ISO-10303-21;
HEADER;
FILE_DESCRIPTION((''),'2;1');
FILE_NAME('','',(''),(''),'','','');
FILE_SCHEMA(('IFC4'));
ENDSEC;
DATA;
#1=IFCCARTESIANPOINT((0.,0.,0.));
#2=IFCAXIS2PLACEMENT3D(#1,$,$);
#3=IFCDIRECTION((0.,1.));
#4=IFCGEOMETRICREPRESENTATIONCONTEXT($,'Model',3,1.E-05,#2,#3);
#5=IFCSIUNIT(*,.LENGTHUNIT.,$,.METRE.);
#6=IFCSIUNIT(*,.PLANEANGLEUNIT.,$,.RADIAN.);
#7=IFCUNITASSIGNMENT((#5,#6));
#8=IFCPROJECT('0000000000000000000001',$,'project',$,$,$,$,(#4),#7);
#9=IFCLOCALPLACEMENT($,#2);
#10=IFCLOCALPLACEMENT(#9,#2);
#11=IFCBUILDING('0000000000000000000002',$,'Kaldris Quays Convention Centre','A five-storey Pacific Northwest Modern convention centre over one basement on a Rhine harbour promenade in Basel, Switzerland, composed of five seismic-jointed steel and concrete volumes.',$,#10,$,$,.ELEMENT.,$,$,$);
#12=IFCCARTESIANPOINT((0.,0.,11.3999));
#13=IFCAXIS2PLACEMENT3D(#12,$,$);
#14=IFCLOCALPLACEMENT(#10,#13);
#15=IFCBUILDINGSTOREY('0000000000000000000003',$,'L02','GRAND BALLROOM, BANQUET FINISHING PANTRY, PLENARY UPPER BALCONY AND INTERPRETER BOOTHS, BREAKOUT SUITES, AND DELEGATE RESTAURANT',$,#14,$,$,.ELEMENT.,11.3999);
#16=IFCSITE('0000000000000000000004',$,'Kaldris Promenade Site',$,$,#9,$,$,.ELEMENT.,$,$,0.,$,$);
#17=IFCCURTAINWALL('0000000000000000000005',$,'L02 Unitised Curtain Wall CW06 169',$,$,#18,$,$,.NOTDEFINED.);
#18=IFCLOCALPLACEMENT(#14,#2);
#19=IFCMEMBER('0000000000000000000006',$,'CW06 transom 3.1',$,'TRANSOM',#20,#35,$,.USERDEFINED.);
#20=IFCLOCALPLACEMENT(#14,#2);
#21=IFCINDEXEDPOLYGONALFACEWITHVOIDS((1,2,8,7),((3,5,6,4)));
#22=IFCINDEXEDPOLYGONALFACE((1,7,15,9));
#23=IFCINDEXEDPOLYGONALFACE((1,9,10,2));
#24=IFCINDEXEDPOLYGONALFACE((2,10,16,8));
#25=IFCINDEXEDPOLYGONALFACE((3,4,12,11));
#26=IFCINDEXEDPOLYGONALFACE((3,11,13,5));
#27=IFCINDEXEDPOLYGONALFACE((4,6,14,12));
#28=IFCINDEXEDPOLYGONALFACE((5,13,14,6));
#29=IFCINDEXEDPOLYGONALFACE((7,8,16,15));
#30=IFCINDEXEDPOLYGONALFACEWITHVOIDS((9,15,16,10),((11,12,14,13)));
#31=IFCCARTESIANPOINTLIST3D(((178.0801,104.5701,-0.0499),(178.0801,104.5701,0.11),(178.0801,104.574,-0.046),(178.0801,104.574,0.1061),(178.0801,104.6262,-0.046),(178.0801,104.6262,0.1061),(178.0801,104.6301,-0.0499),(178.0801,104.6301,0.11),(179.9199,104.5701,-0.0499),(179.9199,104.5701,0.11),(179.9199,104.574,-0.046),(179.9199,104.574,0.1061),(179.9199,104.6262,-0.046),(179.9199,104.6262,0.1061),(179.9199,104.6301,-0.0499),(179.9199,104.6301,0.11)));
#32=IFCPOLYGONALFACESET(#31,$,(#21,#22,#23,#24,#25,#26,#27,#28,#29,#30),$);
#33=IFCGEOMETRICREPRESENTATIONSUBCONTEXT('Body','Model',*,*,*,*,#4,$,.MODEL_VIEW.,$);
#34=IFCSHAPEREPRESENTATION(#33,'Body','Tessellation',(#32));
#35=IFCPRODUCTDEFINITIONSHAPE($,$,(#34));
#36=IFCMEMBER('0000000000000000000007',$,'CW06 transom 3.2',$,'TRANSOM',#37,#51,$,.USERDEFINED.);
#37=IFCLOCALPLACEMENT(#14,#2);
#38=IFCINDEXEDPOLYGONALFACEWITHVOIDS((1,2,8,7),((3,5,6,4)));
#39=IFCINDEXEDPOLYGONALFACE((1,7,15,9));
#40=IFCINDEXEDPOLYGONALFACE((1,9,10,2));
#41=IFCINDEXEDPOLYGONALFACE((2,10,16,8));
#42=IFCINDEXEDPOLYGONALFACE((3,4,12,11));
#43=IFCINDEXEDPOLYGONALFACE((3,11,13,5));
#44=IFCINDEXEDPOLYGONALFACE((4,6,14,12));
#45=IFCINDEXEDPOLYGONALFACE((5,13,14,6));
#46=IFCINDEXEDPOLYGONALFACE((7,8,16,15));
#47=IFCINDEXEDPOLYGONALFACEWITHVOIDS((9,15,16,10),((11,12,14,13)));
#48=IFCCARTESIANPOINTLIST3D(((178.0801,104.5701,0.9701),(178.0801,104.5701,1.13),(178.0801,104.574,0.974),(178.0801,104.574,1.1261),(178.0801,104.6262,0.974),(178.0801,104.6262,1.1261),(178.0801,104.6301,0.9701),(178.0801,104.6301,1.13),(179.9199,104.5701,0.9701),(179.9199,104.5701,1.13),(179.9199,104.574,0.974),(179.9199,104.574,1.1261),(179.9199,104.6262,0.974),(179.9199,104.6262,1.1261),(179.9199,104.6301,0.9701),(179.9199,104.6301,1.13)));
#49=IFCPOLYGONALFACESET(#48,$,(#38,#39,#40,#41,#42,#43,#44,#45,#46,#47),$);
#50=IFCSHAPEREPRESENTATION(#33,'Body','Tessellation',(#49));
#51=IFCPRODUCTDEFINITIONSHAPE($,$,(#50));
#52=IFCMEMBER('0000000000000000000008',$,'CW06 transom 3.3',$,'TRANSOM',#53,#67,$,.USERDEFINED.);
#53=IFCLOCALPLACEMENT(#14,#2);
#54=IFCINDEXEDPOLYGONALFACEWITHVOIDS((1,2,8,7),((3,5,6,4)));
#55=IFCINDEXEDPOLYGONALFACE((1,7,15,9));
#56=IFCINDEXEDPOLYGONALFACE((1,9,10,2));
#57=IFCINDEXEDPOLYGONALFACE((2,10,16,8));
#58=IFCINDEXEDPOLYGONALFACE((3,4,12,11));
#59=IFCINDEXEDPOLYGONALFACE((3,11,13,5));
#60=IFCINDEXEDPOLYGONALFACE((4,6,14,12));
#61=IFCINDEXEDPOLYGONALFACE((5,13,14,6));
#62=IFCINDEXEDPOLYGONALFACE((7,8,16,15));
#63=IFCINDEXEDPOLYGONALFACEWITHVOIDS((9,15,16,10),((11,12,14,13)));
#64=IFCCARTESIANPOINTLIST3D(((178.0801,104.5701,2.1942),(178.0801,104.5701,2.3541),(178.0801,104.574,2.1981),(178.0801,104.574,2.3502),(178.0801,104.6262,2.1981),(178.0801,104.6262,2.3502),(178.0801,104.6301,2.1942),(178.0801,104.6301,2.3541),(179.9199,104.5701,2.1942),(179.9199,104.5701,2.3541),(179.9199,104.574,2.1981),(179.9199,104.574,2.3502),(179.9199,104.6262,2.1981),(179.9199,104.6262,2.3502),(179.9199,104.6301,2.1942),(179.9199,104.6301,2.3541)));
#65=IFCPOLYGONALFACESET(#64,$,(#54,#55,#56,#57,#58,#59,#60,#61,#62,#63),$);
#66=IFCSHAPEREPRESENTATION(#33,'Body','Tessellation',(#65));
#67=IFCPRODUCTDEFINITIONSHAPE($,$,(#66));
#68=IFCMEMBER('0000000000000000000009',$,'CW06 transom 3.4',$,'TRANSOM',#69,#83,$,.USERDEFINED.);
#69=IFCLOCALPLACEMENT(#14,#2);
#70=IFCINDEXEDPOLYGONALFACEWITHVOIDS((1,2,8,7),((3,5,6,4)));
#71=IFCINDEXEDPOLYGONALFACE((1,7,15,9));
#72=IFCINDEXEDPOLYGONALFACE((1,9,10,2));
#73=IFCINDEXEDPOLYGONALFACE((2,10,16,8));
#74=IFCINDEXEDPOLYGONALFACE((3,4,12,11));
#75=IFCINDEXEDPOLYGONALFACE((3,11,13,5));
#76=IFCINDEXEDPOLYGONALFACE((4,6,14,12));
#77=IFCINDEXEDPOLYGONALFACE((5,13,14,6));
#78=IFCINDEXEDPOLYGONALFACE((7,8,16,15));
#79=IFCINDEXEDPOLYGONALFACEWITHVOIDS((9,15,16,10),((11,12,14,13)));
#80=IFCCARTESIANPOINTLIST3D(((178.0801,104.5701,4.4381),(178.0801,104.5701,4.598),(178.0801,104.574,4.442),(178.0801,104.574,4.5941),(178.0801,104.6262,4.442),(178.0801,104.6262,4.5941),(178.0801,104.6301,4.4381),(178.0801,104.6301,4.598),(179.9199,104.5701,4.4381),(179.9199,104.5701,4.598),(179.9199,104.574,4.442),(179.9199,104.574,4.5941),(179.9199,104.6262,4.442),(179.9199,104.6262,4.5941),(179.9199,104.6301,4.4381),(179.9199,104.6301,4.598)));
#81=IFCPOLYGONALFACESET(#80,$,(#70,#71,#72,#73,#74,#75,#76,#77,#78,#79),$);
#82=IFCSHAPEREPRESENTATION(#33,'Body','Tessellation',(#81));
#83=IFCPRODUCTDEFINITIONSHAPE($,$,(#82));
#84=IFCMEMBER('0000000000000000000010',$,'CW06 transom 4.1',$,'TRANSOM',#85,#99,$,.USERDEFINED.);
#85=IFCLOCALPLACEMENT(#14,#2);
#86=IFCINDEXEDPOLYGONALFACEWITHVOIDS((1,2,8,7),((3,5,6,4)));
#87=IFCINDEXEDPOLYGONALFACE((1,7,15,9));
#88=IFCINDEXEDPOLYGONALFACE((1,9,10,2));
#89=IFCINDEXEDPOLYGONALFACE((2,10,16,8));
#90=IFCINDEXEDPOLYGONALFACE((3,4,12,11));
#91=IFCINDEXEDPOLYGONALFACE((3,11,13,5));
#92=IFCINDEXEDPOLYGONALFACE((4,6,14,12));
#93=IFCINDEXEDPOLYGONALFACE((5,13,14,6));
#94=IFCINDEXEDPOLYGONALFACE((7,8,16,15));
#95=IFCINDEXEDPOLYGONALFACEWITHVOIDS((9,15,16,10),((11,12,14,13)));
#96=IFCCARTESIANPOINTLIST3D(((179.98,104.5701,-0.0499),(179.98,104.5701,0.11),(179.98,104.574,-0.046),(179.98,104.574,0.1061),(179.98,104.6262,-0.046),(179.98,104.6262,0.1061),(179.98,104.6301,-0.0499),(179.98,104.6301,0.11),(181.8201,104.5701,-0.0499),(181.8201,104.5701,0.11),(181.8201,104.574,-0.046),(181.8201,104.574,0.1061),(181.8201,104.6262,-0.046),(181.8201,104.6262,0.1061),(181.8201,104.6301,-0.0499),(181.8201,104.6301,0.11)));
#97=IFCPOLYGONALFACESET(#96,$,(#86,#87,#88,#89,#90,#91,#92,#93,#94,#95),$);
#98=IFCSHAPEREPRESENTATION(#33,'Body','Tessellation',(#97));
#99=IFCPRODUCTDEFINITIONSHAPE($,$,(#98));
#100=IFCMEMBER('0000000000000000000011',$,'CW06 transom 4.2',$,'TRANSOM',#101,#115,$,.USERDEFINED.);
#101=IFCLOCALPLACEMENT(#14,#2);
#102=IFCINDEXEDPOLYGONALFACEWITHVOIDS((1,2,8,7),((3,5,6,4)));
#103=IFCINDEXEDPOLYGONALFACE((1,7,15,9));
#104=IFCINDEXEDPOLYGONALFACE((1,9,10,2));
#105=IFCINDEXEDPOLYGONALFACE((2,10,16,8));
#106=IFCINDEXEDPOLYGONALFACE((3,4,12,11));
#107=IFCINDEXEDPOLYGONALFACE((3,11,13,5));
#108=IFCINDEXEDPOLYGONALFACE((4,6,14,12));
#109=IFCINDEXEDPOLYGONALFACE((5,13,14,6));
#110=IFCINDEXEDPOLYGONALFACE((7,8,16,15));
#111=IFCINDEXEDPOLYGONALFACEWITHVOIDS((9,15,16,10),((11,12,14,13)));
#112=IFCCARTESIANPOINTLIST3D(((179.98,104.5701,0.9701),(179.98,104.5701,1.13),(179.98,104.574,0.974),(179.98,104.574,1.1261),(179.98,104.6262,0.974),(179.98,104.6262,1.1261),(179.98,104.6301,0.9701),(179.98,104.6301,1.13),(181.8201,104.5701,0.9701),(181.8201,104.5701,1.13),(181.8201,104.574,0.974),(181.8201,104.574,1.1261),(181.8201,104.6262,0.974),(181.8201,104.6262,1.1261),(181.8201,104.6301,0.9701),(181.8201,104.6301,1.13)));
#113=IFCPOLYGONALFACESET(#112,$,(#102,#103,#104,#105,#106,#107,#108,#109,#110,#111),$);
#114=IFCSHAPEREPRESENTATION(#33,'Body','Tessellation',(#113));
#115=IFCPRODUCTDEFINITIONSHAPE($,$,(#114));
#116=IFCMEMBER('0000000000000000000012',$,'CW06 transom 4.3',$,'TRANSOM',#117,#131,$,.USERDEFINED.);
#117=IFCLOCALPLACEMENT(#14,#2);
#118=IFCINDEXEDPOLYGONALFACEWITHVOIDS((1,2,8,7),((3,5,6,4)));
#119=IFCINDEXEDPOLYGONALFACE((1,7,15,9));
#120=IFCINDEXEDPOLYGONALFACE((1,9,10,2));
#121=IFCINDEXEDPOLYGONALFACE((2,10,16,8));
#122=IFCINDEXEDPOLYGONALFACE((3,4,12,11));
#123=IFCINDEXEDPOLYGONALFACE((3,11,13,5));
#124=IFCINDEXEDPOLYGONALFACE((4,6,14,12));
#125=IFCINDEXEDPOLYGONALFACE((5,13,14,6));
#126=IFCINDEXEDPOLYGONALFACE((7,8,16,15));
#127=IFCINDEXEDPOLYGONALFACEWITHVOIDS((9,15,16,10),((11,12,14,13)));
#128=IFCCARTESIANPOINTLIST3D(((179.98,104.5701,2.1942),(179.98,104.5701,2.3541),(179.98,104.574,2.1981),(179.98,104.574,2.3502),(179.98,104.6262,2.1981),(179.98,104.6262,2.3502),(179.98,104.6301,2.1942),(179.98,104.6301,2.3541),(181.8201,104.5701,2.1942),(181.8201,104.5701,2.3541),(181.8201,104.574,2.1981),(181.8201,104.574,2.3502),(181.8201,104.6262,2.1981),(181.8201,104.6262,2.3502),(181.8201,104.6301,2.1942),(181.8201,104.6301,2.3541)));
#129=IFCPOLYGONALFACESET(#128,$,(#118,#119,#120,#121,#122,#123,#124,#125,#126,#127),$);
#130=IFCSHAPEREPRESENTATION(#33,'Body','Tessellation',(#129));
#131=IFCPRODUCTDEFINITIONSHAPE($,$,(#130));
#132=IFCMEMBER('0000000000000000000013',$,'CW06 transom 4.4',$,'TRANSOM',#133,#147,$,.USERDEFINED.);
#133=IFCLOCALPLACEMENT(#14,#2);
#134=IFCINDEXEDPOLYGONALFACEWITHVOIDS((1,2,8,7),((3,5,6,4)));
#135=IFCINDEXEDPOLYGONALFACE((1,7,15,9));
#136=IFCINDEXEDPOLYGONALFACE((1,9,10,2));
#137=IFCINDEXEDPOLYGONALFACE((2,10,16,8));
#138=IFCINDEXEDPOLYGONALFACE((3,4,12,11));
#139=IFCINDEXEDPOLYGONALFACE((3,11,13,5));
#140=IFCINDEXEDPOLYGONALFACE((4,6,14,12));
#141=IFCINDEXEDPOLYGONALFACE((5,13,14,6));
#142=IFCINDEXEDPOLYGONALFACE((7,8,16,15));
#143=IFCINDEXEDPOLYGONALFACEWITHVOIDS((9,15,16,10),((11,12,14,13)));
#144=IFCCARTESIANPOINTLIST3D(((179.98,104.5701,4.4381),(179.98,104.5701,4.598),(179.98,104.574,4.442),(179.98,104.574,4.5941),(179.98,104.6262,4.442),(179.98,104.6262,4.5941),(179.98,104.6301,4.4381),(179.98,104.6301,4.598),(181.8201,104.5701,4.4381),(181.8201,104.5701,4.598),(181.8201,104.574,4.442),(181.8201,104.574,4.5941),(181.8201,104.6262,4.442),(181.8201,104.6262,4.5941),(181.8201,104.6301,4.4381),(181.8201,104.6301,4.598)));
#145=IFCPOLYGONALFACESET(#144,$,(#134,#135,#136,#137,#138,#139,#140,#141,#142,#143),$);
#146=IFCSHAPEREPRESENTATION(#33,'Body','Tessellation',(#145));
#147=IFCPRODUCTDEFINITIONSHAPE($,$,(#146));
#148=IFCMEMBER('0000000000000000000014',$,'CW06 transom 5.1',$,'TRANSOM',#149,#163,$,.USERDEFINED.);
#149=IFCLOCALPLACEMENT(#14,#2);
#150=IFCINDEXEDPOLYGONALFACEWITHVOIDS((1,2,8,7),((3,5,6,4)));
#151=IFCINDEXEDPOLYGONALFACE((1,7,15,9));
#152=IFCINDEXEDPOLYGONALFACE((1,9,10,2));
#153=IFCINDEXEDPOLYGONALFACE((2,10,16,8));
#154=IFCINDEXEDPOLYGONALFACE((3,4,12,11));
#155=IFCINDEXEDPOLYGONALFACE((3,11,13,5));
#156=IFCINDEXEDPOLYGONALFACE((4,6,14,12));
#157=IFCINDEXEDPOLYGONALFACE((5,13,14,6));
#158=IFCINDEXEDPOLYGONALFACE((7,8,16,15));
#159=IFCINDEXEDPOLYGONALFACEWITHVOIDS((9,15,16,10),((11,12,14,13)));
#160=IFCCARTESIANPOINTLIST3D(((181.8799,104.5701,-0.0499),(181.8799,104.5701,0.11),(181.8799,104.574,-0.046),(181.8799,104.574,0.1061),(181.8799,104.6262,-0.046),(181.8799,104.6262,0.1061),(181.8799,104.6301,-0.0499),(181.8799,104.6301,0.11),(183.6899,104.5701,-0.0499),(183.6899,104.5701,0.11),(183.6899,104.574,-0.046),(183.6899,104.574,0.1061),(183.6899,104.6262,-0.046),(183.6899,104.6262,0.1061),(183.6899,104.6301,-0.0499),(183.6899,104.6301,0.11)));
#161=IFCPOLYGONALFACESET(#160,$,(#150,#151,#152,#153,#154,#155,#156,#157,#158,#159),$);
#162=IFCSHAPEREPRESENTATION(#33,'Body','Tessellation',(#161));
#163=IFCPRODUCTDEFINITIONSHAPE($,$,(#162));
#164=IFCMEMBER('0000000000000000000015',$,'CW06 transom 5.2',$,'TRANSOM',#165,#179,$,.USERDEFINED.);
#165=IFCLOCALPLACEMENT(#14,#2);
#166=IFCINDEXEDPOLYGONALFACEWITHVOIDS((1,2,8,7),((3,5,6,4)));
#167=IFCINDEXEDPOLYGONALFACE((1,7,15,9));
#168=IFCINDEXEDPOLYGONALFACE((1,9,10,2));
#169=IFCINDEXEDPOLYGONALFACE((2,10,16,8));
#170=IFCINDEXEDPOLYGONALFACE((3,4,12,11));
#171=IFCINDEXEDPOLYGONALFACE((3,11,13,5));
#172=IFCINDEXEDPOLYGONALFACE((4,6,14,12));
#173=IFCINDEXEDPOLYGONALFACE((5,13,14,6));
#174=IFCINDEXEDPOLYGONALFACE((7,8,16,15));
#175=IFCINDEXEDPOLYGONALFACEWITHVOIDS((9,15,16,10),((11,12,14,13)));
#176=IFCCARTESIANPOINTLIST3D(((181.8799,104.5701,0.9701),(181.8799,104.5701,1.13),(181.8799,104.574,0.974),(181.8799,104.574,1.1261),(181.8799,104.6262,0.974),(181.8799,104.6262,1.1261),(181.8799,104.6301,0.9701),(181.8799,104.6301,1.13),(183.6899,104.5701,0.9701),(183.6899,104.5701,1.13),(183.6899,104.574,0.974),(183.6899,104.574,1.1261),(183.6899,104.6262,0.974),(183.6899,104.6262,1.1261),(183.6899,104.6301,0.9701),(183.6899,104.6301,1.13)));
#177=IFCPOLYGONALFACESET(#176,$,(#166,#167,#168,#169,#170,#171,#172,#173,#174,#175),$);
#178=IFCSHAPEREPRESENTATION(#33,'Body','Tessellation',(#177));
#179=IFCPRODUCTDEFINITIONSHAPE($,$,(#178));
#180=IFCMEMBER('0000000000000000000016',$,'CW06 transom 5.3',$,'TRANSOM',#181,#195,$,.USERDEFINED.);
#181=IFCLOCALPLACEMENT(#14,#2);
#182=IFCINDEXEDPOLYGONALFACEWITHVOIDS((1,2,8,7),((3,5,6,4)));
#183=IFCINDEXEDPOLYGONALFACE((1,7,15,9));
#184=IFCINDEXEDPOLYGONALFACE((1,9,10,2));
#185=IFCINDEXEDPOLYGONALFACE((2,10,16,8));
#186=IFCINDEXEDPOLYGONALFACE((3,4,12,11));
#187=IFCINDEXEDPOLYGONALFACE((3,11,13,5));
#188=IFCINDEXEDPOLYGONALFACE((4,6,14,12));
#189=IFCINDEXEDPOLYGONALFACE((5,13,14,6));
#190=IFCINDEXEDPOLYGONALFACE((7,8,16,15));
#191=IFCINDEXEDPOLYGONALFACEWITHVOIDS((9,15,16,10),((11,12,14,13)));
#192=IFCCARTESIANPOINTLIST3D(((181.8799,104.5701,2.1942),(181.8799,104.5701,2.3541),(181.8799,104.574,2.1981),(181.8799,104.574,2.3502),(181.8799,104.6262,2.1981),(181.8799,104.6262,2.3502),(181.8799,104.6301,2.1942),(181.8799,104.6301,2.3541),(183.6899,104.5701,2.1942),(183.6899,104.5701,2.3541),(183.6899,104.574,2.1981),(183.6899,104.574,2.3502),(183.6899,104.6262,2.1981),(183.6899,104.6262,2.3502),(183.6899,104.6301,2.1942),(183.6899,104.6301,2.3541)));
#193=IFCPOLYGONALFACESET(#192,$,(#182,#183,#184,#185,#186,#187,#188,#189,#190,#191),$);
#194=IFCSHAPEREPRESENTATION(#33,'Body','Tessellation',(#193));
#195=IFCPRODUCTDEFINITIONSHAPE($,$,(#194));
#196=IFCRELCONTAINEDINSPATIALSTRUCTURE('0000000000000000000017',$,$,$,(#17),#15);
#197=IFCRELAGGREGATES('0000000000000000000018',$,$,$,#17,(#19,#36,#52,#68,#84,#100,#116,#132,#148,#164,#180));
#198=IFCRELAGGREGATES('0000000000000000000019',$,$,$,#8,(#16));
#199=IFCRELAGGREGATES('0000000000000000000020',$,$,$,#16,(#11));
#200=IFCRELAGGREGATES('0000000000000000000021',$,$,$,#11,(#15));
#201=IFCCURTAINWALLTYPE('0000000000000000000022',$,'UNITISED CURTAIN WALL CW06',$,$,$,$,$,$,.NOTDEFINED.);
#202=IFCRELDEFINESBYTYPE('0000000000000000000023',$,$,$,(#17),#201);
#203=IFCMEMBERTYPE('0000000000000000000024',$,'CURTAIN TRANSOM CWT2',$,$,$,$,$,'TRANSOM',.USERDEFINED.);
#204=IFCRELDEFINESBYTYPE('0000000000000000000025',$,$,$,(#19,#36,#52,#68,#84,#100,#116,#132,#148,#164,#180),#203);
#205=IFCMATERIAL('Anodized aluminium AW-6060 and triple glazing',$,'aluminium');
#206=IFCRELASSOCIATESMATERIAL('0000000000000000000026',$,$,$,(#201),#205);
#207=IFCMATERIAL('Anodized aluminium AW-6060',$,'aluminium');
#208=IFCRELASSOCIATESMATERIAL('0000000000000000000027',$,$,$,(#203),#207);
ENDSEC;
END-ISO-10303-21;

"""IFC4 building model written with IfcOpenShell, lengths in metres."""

from ifc_helpers import new_model, si_unit, direction, frame, origin, origin_2d, place, context, subcontext, project, spatial, hollow_rectangle, extrude, material, material_profile, profile_set, type_object, element, aggregate, save


model = new_model("IFC4")

# Units and contexts
model_context = context("Model", 3, precision=1e-05, world=origin(), true_north=direction((0.0, 1.0)))
body_context = subcontext(model_context, "Body", "Model", "MODEL_VIEW")
ifc_project = project(units=[si_unit("LENGTHUNIT", "METRE"), si_unit("PLANEANGLEUNIT", "RADIAN")], contexts=[model_context])

# Site, building, storey
site_placement = place(None, origin())
site = spatial("IfcSite", under=ifc_project, at=site_placement, Name="Kaldris Promenade Site", CompositionType="ELEMENT", RefElevation=0.0)
building_placement = place(site_placement, origin())
building = spatial("IfcBuilding", under=site, at=building_placement, Name="Kaldris Quays Convention Centre", Description="A five-storey Pacific Northwest Modern convention centre over one basement on a Rhine harbour promenade in Basel, Switzerland, composed of five seismic-jointed steel and concrete volumes.", CompositionType="ELEMENT")
storey_placement = place(building_placement, frame((0.0, 0.0, 11.3999)))
storey = spatial("IfcBuildingStorey", under=building, at=storey_placement, Name="L02", Description="GRAND BALLROOM, BANQUET FINISHING PANTRY, PLENARY UPPER BALCONY AND INTERPRETER BOOTHS, BREAKOUT SUITES, AND DELEGATE RESTAURANT", CompositionType="ELEMENT", Elevation=11.3999)

# Curtain wall
ifc_material_1 = material(Name="Anodized aluminium AW-6060 and triple glazing", Category="aluminium")
curtain_wall_type = type_object("IfcCurtainWallType", Name="UNITISED CURTAIN WALL CW06", PredefinedType="NOTDEFINED", material=ifc_material_1)
curtain_wall_1_placement = place(storey_placement, origin())
curtain_wall_1 = element("IfcCurtainWall", 1, at=curtain_wall_1_placement, inside=storey, type_object=curtain_wall_type, Name="L02 Unitised Curtain Wall CW06 169", PredefinedType="NOTDEFINED")
ifc_material_2 = material(Name="Anodized aluminium AW-6060", Category="aluminium")

# Members
ifc_material_profile_1 = material_profile(ifc_material_2, hollow_rectangle(XDim=0.0601, YDim=0.1599, WallThickness=0.0039, at=origin_2d()), Name="RHS 160x60x4")
ifc_profile_set_1 = profile_set([ifc_material_profile_1], Name="Anodized aluminium AW-6060")
member_type_1 = type_object("IfcMemberType", Name="CURTAIN TRANSOM CWT2", ElementType="TRANSOM", PredefinedType="USERDEFINED", material=ifc_profile_set_1)
member_1_placement = place(storey_placement, frame((178.0801, 104.6001, 0.03), z_axis=(1.0, 0.0, 0.0), x_axis=(0.0, 1.0, 0.0)))
member_1 = element("IfcMember", 2, at=member_1_placement, type_object=member_type_1, Name="CW06 transom 3.1", ObjectType="TRANSOM", PredefinedType="USERDEFINED", context=body_context, shape_type="SweptSolid", body=[
    extrude(hollow_rectangle(XDim=0.0601, YDim=0.1599, WallThickness=0.0039, at=origin_2d()), origin(), (0.0, 0.0, 1.0), 1.8398),
])
member_2_placement = place(storey_placement, frame((178.0801, 104.6001, 1.05), z_axis=(1.0, 0.0, 0.0), x_axis=(0.0, 1.0, 0.0)))
member_2 = element("IfcMember", 3, at=member_2_placement, type_object=member_type_1, Name="CW06 transom 3.2", ObjectType="TRANSOM", PredefinedType="USERDEFINED", context=body_context, shape_type="SweptSolid", body=[
    extrude(hollow_rectangle(XDim=0.0601, YDim=0.1599, WallThickness=0.0039, at=origin_2d()), origin(), (0.0, 0.0, 1.0), 1.8398),
])
member_3_placement = place(storey_placement, frame((178.0801, 104.6001, 2.2742), z_axis=(1.0, 0.0, 0.0), x_axis=(0.0, 1.0, 0.0)))
member_3 = element("IfcMember", 4, at=member_3_placement, type_object=member_type_1, Name="CW06 transom 3.3", ObjectType="TRANSOM", PredefinedType="USERDEFINED", context=body_context, shape_type="SweptSolid", body=[
    extrude(hollow_rectangle(XDim=0.0601, YDim=0.1599, WallThickness=0.0039, at=origin_2d()), origin(), (0.0, 0.0, 1.0), 1.8398),
])
member_4_placement = place(storey_placement, frame((178.0801, 104.6001, 4.5181), z_axis=(1.0, 0.0, 0.0), x_axis=(0.0, 1.0, 0.0)))
member_4 = element("IfcMember", 5, at=member_4_placement, type_object=member_type_1, Name="CW06 transom 3.4", ObjectType="TRANSOM", PredefinedType="USERDEFINED", context=body_context, shape_type="SweptSolid", body=[
    extrude(hollow_rectangle(XDim=0.0601, YDim=0.1599, WallThickness=0.0039, at=origin_2d()), origin(), (0.0, 0.0, 1.0), 1.8398),
])
member_5_placement = place(storey_placement, frame((179.98, 104.6001, 0.03), z_axis=(1.0, 0.0, 0.0), x_axis=(0.0, 1.0, 0.0)))
member_5 = element("IfcMember", 6, at=member_5_placement, type_object=member_type_1, Name="CW06 transom 4.1", ObjectType="TRANSOM", PredefinedType="USERDEFINED", context=body_context, shape_type="SweptSolid", body=[
    extrude(hollow_rectangle(XDim=0.0601, YDim=0.1599, WallThickness=0.0039, at=origin_2d()), origin(), (0.0, 0.0, 1.0), 1.8401),
])
member_6_placement = place(storey_placement, frame((179.98, 104.6001, 1.05), z_axis=(1.0, 0.0, 0.0), x_axis=(0.0, 1.0, 0.0)))
member_6 = element("IfcMember", 7, at=member_6_placement, type_object=member_type_1, Name="CW06 transom 4.2", ObjectType="TRANSOM", PredefinedType="USERDEFINED", context=body_context, shape_type="SweptSolid", body=[
    extrude(hollow_rectangle(XDim=0.0601, YDim=0.1599, WallThickness=0.0039, at=origin_2d()), origin(), (0.0, 0.0, 1.0), 1.8401),
])
member_7_placement = place(storey_placement, frame((179.98, 104.6001, 2.2742), z_axis=(1.0, 0.0, 0.0), x_axis=(0.0, 1.0, 0.0)))
member_7 = element("IfcMember", 8, at=member_7_placement, type_object=member_type_1, Name="CW06 transom 4.3", ObjectType="TRANSOM", PredefinedType="USERDEFINED", context=body_context, shape_type="SweptSolid", body=[
    extrude(hollow_rectangle(XDim=0.0601, YDim=0.1599, WallThickness=0.0039, at=origin_2d()), origin(), (0.0, 0.0, 1.0), 1.8401),
])
member_8_placement = place(storey_placement, frame((179.98, 104.6001, 4.5181), z_axis=(1.0, 0.0, 0.0), x_axis=(0.0, 1.0, 0.0)))
member_8 = element("IfcMember", 9, at=member_8_placement, type_object=member_type_1, Name="CW06 transom 4.4", ObjectType="TRANSOM", PredefinedType="USERDEFINED", context=body_context, shape_type="SweptSolid", body=[
    extrude(hollow_rectangle(XDim=0.0601, YDim=0.1599, WallThickness=0.0039, at=origin_2d()), origin(), (0.0, 0.0, 1.0), 1.8401),
])
member_9_placement = place(storey_placement, frame((181.8799, 104.6001, 0.03), z_axis=(1.0, 0.0, 0.0), x_axis=(0.0, 1.0, 0.0)))
member_9 = element("IfcMember", 10, at=member_9_placement, type_object=member_type_1, Name="CW06 transom 5.1", ObjectType="TRANSOM", PredefinedType="USERDEFINED", context=body_context, shape_type="SweptSolid", body=[
    extrude(hollow_rectangle(XDim=0.0601, YDim=0.1599, WallThickness=0.0039, at=origin_2d()), origin(), (0.0, 0.0, 1.0), 1.8101),
])
member_10_placement = place(storey_placement, frame((181.8799, 104.6001, 1.05), z_axis=(1.0, 0.0, 0.0), x_axis=(0.0, 1.0, 0.0)))
member_10 = element("IfcMember", 11, at=member_10_placement, type_object=member_type_1, Name="CW06 transom 5.2", ObjectType="TRANSOM", PredefinedType="USERDEFINED", context=body_context, shape_type="SweptSolid", body=[
    extrude(hollow_rectangle(XDim=0.0601, YDim=0.1599, WallThickness=0.0039, at=origin_2d()), origin(), (0.0, 0.0, 1.0), 1.8101),
])
member_11_placement = place(storey_placement, frame((181.8799, 104.6001, 2.2742), z_axis=(1.0, 0.0, 0.0), x_axis=(0.0, 1.0, 0.0)))
member_11 = element("IfcMember", 12, at=member_11_placement, type_object=member_type_1, Name="CW06 transom 5.3", ObjectType="TRANSOM", PredefinedType="USERDEFINED", context=body_context, shape_type="SweptSolid", body=[
    extrude(hollow_rectangle(XDim=0.0601, YDim=0.1599, WallThickness=0.0039, at=origin_2d()), origin(), (0.0, 0.0, 1.0), 1.8101),
])

aggregate(curtain_wall_1, [member_1, member_2, member_3, member_4, member_5, member_6, member_7, member_8, member_9, member_10, member_11])

save(model, "model.ifc")
